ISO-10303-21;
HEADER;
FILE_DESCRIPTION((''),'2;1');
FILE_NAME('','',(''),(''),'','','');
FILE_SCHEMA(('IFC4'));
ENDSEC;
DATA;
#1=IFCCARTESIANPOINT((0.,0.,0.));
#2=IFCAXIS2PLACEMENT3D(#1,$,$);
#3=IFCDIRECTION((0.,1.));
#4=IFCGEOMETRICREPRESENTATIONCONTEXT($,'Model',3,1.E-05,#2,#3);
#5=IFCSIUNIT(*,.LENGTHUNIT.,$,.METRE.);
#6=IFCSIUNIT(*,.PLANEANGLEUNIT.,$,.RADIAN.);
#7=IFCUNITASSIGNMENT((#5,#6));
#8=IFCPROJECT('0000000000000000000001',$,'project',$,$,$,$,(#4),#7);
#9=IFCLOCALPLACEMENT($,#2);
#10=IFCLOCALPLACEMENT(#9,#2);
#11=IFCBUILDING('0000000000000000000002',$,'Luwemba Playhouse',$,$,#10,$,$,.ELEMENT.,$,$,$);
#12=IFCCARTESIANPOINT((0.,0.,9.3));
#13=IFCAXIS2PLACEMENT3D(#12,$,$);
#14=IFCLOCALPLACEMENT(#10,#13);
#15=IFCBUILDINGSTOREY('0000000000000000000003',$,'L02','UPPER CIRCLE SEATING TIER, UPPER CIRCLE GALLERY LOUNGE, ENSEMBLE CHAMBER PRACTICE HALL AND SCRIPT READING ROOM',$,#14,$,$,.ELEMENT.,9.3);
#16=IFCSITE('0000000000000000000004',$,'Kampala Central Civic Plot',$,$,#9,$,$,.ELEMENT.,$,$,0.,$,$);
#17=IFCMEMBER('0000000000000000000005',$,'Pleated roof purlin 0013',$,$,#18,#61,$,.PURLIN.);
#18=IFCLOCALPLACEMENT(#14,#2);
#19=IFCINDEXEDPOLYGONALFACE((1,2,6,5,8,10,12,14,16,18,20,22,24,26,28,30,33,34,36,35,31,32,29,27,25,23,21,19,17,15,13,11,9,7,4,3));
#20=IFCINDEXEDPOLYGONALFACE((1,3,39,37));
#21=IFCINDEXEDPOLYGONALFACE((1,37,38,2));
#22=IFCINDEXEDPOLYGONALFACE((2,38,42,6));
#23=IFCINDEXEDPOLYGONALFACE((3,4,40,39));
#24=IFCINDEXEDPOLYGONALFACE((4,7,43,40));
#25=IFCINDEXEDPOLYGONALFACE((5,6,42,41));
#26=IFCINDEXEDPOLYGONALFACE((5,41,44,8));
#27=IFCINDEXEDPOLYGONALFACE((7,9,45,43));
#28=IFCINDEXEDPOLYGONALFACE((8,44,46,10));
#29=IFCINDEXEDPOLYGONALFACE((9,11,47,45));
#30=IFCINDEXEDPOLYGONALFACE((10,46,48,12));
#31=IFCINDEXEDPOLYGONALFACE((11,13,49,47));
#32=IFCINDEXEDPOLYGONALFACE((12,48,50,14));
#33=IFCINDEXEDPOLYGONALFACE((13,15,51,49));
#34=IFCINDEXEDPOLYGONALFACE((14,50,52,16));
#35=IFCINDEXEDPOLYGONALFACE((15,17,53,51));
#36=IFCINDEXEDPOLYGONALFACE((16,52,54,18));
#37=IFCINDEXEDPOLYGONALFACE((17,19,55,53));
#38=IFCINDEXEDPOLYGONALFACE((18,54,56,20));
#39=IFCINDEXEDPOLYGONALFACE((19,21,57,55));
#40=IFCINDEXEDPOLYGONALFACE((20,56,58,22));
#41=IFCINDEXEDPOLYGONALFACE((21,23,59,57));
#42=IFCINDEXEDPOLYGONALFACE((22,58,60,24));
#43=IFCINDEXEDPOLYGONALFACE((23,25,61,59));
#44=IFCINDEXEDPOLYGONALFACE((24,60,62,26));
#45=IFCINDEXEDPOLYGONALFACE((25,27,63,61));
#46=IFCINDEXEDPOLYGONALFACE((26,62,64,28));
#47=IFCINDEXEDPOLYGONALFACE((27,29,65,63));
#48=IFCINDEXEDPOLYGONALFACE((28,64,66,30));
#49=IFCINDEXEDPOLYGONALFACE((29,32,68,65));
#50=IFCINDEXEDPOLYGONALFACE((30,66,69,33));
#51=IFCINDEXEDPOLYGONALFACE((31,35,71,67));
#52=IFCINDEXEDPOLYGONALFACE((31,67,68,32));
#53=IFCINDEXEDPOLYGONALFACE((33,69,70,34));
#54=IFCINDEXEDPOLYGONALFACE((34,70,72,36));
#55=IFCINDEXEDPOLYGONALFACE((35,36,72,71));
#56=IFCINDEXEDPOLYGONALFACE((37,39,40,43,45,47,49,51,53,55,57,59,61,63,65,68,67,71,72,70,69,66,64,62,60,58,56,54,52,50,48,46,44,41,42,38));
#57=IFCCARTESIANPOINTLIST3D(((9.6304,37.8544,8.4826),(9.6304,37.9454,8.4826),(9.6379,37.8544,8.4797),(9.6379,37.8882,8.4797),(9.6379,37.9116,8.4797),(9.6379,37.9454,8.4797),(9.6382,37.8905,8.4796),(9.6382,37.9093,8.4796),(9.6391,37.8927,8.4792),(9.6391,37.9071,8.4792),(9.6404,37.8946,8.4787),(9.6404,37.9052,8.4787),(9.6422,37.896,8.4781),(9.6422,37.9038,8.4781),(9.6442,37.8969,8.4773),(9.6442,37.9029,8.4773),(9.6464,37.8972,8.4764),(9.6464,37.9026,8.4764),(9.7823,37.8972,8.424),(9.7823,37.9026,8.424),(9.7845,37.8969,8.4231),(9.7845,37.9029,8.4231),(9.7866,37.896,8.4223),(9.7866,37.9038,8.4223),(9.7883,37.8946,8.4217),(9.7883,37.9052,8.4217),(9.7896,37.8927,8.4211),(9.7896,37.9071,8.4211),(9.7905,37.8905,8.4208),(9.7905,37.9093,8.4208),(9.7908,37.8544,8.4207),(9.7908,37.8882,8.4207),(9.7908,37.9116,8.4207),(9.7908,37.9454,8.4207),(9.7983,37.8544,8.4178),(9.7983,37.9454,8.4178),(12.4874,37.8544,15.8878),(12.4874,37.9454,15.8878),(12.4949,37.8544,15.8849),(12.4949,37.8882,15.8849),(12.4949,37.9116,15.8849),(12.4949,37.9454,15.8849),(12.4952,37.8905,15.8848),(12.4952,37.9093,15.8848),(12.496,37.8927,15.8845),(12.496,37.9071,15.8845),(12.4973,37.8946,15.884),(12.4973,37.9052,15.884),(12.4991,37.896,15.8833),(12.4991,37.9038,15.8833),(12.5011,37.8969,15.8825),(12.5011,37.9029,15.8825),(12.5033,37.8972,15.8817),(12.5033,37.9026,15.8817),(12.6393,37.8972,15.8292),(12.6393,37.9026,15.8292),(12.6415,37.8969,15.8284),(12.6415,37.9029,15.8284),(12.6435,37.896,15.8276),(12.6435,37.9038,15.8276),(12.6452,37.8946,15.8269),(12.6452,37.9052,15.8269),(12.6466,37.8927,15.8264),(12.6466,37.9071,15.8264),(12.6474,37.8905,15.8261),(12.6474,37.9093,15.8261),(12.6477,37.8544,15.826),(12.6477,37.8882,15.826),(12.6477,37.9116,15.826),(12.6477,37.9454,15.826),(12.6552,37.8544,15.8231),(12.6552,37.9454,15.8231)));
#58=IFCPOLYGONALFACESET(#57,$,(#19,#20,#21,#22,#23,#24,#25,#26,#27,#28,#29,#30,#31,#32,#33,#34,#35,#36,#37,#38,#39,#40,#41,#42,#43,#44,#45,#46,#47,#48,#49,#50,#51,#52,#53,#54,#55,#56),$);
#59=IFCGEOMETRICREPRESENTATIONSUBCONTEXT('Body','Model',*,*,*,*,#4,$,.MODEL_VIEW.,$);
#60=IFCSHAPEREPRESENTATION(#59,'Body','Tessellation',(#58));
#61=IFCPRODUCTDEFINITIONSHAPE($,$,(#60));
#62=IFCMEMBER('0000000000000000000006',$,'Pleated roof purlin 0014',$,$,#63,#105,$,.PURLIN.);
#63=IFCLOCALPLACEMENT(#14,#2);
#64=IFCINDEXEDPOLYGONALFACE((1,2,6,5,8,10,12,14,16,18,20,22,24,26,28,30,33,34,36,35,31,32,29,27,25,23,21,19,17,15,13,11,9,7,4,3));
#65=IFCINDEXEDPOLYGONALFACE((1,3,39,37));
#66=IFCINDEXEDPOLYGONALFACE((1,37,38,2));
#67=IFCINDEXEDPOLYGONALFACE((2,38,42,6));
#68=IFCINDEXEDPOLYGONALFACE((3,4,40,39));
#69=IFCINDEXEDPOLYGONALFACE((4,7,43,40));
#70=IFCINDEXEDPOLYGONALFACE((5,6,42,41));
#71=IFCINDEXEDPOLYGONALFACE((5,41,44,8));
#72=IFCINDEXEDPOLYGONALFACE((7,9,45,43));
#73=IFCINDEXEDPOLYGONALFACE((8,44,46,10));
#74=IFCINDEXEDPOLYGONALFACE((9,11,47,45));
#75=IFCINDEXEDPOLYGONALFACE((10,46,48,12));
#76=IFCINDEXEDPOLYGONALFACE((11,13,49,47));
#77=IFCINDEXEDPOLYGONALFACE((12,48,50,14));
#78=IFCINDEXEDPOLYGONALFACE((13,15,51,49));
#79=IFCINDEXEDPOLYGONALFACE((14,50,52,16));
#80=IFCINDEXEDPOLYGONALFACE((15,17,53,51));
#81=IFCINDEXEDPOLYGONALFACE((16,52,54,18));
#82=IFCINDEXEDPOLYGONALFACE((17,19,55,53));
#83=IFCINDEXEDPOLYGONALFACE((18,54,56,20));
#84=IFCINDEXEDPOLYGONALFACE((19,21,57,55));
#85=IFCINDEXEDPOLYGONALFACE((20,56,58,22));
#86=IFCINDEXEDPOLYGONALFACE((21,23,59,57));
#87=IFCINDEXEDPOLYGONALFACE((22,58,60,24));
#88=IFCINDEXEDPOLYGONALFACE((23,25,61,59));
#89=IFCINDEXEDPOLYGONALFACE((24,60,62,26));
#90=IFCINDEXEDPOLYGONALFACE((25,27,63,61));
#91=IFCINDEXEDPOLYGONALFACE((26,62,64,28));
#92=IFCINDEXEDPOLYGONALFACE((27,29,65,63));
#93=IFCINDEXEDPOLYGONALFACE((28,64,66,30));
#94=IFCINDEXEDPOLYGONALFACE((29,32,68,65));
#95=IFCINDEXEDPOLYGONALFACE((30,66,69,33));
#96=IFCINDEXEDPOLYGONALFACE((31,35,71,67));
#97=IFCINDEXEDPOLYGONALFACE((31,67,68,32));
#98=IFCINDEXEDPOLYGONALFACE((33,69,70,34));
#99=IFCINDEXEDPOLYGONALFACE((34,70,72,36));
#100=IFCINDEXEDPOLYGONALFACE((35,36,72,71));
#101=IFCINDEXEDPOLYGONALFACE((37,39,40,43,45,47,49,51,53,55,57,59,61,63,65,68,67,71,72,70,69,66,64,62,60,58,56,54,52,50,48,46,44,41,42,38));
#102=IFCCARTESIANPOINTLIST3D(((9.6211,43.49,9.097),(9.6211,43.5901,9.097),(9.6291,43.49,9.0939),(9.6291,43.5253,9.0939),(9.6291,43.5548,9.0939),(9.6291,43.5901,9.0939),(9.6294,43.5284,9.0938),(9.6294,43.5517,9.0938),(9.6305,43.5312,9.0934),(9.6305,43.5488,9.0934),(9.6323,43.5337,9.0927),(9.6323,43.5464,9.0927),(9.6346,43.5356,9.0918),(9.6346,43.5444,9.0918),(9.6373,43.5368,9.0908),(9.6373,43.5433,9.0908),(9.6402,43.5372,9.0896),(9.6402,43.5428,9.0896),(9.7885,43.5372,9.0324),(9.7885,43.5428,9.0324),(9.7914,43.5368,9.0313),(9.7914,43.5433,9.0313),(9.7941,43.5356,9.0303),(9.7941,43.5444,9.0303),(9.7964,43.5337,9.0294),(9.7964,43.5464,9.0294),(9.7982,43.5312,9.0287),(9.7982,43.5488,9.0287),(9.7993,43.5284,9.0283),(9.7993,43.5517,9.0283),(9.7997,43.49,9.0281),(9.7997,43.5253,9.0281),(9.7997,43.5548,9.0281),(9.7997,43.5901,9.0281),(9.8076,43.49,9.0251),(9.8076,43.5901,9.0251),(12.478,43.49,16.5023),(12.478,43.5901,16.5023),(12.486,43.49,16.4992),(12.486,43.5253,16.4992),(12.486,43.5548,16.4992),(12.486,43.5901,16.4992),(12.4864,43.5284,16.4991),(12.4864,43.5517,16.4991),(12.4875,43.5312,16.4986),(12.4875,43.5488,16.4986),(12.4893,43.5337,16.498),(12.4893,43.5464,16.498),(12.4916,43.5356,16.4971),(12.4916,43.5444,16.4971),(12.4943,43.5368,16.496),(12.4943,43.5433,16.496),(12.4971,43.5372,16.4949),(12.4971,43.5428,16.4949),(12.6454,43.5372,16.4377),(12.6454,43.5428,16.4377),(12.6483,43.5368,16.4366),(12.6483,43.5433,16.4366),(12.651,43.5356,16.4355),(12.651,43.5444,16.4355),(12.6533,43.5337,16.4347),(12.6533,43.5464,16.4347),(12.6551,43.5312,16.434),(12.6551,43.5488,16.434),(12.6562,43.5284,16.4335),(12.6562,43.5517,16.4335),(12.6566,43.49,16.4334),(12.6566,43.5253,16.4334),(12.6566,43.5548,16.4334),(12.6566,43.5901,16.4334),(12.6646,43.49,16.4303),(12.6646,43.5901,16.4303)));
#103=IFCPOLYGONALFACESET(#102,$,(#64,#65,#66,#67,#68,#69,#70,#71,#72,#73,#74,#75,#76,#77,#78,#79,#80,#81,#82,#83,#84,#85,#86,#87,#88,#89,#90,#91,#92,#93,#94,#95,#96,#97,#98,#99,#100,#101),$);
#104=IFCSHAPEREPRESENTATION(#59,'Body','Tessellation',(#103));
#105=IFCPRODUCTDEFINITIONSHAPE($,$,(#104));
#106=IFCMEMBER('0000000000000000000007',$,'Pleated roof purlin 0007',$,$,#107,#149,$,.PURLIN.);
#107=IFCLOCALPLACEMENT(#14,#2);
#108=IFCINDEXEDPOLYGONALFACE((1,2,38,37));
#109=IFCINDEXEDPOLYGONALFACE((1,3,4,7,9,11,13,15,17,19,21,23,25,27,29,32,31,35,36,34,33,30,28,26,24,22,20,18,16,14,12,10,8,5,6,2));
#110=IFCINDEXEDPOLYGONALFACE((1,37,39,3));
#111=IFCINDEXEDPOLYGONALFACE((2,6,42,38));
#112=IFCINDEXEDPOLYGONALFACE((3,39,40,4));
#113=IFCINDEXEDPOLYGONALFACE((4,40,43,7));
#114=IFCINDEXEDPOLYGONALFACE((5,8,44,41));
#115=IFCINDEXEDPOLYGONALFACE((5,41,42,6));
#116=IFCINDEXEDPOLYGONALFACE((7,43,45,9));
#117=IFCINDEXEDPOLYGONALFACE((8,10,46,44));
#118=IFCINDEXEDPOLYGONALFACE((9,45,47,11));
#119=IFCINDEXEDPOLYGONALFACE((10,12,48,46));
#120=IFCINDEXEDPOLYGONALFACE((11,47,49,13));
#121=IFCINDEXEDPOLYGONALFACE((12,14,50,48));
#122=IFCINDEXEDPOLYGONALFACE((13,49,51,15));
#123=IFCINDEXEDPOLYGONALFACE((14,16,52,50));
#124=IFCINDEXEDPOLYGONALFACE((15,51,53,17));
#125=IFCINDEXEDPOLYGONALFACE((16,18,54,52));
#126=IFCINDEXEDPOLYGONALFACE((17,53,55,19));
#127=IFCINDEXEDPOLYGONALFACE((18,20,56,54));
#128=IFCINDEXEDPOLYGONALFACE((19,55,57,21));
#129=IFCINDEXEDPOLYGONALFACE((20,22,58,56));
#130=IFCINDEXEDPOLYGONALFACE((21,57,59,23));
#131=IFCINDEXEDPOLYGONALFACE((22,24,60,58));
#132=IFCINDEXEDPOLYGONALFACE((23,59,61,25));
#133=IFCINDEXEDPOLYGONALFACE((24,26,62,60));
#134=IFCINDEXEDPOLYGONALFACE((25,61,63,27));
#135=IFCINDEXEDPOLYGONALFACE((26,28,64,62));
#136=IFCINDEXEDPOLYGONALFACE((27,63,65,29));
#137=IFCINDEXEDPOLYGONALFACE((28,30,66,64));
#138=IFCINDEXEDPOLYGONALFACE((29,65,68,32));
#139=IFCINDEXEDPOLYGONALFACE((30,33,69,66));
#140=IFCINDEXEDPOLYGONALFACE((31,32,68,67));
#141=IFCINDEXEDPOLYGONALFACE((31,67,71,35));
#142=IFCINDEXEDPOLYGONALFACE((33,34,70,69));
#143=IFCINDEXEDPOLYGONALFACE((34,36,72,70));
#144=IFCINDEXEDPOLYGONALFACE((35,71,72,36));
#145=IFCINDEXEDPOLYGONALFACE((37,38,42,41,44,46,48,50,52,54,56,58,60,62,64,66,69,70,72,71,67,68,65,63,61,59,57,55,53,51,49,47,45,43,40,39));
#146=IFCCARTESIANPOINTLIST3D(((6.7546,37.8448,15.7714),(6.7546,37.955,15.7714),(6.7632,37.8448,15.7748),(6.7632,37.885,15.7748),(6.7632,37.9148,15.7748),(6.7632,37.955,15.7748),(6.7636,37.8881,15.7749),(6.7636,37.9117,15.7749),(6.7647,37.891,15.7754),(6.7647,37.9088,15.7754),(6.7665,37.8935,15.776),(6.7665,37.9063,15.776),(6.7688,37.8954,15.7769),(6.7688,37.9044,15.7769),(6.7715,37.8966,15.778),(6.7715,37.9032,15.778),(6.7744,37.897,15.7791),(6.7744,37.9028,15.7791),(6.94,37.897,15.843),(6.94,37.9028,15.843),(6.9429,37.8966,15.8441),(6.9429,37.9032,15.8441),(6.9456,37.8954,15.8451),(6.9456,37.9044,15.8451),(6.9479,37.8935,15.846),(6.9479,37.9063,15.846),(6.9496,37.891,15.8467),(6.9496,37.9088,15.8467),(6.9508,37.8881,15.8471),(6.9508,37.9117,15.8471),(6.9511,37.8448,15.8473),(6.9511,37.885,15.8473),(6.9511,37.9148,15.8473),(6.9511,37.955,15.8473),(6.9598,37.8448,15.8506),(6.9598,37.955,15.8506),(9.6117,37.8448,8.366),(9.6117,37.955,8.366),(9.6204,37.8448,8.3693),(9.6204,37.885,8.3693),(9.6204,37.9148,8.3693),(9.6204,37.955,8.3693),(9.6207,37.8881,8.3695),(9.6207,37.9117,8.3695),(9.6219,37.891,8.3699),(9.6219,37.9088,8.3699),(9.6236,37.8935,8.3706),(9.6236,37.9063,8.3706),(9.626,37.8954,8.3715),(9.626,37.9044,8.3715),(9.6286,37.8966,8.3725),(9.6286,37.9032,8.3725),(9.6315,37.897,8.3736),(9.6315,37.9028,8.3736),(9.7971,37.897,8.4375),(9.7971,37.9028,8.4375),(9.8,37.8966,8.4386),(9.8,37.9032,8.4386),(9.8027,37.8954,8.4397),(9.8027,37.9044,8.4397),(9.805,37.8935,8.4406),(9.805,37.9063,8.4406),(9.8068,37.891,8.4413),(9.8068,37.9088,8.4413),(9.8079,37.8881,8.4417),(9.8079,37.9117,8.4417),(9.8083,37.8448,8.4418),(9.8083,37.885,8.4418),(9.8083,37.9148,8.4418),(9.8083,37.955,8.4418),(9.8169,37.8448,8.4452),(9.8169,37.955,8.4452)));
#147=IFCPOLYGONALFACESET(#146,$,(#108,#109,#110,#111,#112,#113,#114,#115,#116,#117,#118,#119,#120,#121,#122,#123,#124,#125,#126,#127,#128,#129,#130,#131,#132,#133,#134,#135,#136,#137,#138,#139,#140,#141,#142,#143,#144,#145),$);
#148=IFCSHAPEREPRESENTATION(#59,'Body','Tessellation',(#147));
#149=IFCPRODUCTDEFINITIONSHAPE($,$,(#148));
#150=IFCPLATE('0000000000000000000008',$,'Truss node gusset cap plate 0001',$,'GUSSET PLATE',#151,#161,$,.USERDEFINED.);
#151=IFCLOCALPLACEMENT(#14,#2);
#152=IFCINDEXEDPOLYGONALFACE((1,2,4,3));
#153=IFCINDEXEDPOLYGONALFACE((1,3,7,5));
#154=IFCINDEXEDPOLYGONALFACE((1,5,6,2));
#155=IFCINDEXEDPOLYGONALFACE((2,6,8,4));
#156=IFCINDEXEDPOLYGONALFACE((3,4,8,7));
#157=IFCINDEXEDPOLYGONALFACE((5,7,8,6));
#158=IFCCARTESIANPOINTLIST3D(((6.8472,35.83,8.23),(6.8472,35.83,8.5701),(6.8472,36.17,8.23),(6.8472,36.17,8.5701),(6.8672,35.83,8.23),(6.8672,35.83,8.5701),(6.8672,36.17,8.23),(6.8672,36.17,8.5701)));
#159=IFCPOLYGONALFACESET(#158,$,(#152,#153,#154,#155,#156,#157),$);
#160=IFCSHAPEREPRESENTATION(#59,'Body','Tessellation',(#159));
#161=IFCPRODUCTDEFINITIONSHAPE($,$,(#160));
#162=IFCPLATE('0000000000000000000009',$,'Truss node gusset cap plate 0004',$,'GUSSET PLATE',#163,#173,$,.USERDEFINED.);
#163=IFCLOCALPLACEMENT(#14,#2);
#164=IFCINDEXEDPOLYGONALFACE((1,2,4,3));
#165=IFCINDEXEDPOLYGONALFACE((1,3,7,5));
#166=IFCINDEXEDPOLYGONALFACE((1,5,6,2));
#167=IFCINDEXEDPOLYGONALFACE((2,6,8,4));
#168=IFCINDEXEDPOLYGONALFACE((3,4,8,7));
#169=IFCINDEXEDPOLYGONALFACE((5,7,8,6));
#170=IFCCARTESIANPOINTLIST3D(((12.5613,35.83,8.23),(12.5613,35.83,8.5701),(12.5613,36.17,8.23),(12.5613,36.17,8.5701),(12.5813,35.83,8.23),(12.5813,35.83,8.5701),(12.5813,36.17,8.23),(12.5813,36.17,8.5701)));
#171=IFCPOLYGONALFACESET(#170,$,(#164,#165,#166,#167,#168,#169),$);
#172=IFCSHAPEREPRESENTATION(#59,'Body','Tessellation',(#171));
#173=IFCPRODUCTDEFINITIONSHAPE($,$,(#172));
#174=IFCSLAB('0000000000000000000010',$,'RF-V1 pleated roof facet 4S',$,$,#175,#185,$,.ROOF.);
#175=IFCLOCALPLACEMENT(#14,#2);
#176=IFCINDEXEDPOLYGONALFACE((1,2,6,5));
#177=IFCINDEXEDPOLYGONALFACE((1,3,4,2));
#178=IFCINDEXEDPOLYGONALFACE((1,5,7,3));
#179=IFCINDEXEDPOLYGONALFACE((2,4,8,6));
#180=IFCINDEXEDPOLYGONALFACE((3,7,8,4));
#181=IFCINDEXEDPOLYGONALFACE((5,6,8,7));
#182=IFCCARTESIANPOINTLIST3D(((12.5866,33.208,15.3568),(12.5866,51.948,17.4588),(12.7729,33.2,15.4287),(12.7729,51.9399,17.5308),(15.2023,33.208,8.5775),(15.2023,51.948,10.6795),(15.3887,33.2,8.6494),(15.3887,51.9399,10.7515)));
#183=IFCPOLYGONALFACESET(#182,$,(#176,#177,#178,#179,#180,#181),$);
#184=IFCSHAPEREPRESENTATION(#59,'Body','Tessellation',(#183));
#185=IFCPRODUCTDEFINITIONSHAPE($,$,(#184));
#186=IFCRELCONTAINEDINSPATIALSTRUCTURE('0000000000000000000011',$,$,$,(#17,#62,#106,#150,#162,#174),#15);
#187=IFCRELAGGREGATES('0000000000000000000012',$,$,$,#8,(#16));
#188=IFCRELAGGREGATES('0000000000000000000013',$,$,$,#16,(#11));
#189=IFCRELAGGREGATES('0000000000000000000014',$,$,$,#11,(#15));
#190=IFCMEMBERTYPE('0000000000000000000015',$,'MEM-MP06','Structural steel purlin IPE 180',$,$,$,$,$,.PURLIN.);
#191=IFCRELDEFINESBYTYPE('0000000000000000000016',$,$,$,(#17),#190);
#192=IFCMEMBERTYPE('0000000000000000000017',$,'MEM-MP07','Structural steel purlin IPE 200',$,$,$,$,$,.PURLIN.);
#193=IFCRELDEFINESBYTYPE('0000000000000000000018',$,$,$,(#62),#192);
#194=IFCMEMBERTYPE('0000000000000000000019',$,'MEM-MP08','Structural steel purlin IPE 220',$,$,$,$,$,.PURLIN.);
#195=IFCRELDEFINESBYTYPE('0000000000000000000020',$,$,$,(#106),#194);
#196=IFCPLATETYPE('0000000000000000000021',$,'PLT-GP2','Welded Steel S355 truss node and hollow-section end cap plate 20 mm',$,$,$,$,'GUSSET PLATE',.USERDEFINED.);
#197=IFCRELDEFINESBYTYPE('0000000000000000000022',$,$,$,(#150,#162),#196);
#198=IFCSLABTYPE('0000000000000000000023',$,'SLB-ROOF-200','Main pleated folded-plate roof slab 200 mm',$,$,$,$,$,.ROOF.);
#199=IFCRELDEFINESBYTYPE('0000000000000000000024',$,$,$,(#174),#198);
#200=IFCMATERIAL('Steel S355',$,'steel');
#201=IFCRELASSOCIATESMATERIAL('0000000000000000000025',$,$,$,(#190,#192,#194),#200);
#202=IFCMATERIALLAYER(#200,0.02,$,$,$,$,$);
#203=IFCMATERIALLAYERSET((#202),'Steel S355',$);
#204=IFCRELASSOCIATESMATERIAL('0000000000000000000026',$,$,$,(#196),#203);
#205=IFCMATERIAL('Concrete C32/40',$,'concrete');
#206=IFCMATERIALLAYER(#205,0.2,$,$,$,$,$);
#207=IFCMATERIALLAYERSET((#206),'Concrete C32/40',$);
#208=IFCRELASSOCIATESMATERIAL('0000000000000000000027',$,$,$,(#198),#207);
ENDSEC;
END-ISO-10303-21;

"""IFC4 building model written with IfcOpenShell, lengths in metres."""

from ifc_helpers import new_model, si_unit, direction, frame, origin, origin_2d, place, context, subcontext, project, spatial, polyline, rectangle, i_section, outline, extrude, material, layer, layer_set, material_profile, profile_set, type_object, element, save


model = new_model("IFC4")

# Units and contexts
model_context = context("Model", 3, precision=1e-05, world=origin(), true_north=direction((0.0, 1.0)))
body_context = subcontext(model_context, "Body", "Model", "MODEL_VIEW")
ifc_project = project(units=[si_unit("LENGTHUNIT", "METRE"), si_unit("PLANEANGLEUNIT", "RADIAN")], contexts=[model_context])

# Site, building, storey
site_placement = place(None, origin())
site = spatial("IfcSite", under=ifc_project, at=site_placement, Name="Kampala Central Civic Plot", CompositionType="ELEMENT", RefElevation=0.0)
building_placement = place(site_placement, origin())
building = spatial("IfcBuilding", under=site, at=building_placement, Name="Luwemba Playhouse", CompositionType="ELEMENT")
storey_placement = place(building_placement, frame((0.0, 0.0, 9.3)))
storey = spatial("IfcBuildingStorey", under=building, at=storey_placement, Name="L02", Description="UPPER CIRCLE SEATING TIER, UPPER CIRCLE GALLERY LOUNGE, ENSEMBLE CHAMBER PRACTICE HALL AND SCRIPT READING ROOM", CompositionType="ELEMENT", Elevation=9.3)

# Shared definitions
ifc_material_1 = material(Name="Steel S355", Category="steel")

# Members
ifc_material_profile_1 = material_profile(ifc_material_1, i_section(OverallWidth=0.0911, OverallDepth=0.1799, WebThickness=0.0054, FlangeThickness=0.0081, FilletRadius=0.009, at=origin_2d()))
ifc_profile_set_1 = profile_set([ifc_material_profile_1], Name="Steel S355")
member_type_1 = type_object("IfcMemberType", Name="MEM-MP06", Description="Structural steel purlin IPE 180", PredefinedType="PURLIN", material=ifc_profile_set_1)
member_1_placement = place(storey_placement, frame((9.7144, 37.8999, 8.4502), z_axis=(0.359939, 0.0, 0.932976), x_axis=(0.0, 1.0, 0.0)))
element("IfcMember", 1, at=member_1_placement, inside=storey, type_object=member_type_1, Name="Pleated roof purlin 0013", PredefinedType="PURLIN", context=body_context, shape_type="SweptSolid", body=[
    extrude(i_section(OverallWidth=0.0911, OverallDepth=0.1799, WebThickness=0.0054, FlangeThickness=0.0081, FilletRadius=0.009, at=origin_2d()), origin(), (0.0, 0.0, 1.0), 7.9373),
])
ifc_material_profile_2 = material_profile(ifc_material_1, i_section(OverallWidth=0.1001, OverallDepth=0.2, WebThickness=0.0056, FlangeThickness=0.0085, FilletRadius=0.012, at=origin_2d()))
ifc_profile_set_2 = profile_set([ifc_material_profile_2], Name="Steel S355")
member_type_2 = type_object("IfcMemberType", Name="MEM-MP07", Description="Structural steel purlin IPE 200", PredefinedType="PURLIN", material=ifc_profile_set_2)
member_2_placement = place(storey_placement, frame((9.7144, 43.54, 9.061), z_axis=(0.359939, 0.0, 0.932976), x_axis=(0.0, 1.0, 0.0)))
element("IfcMember", 2, at=member_2_placement, inside=storey, type_object=member_type_2, Name="Pleated roof purlin 0014", PredefinedType="PURLIN", context=body_context, shape_type="SweptSolid", body=[
    extrude(i_section(OverallWidth=0.1001, OverallDepth=0.2, WebThickness=0.0056, FlangeThickness=0.0085, FilletRadius=0.012, at=origin_2d()), origin(), (0.0, 0.0, 1.0), 7.9373),
])
ifc_material_profile_3 = material_profile(ifc_material_1, i_section(OverallWidth=0.1101, OverallDepth=0.22, WebThickness=0.0059, FlangeThickness=0.0093, FilletRadius=0.012, at=origin_2d()))
ifc_profile_set_3 = profile_set([ifc_material_profile_3], Name="Steel S355")
member_type_3 = type_object("IfcMemberType", Name="MEM-MP08", Description="Structural steel purlin IPE 220", PredefinedType="PURLIN", material=ifc_profile_set_3)
member_3_placement = place(storey_placement, frame((6.8572, 37.8999, 15.811), z_axis=(0.359956, 0.0, -0.932969), x_axis=(0.0, 1.0, 0.0)))
element("IfcMember", 3, at=member_3_placement, inside=storey, type_object=member_type_3, Name="Pleated roof purlin 0007", PredefinedType="PURLIN", context=body_context, shape_type="SweptSolid", body=[
    extrude(i_section(OverallWidth=0.1101, OverallDepth=0.22, WebThickness=0.0059, FlangeThickness=0.0093, FilletRadius=0.012, at=origin_2d()), origin(), (0.0, 0.0, 1.0), 7.9375),
])

# Plates
ifc_layer_1 = layer(ifc_material_1, 0.02)
ifc_layer_set_1 = layer_set([ifc_layer_1], Name="Steel S355")
plate_type = type_object("IfcPlateType", Name="PLT-GP2", Description="Welded Steel S355 truss node and hollow-section end cap plate 20 mm", ElementType="GUSSET PLATE", PredefinedType="USERDEFINED", material=ifc_layer_set_1)
for number, where, z_axis, x_axis, name in (
    (4, (6.8572, 36.0, 8.23), (0.0, 0.0, 1.0), (1.0, 0.0, 0.0), "Truss node gusset cap plate 0001"),
    (5, (12.5713, 36.0, 8.23), (0.0, 0.0, 1.0), (1.0, 0.0, 0.0), "Truss node gusset cap plate 0004"),
):
    element("IfcPlate", number, at=place(storey_placement, frame(where, z_axis=z_axis, x_axis=x_axis)), inside=storey, type_object=plate_type, Name=name, ObjectType="GUSSET PLATE", PredefinedType="USERDEFINED", context=body_context, shape_type="SweptSolid", body=[
        extrude(rectangle(XDim=0.02, YDim=0.3401, at=origin_2d()), origin(), (0.0, 0.0, 1.0), 0.3401),
    ])

# Slab
ifc_material_2 = material(Name="Concrete C32/40", Category="concrete")
ifc_layer_2 = layer(ifc_material_2, 0.2)
ifc_layer_set_2 = layer_set([ifc_layer_2], Name="Concrete C32/40")
slab_type = type_object("IfcSlabType", Name="SLB-ROOF-200", Description="Main pleated folded-plate roof slab 200 mm", PredefinedType="ROOF", material=ifc_layer_set_2)
slab_1_placement = place(storey_placement, frame((12.7729, 33.2, 15.4287), z_axis=(0.932203, -0.040345, 0.359681), x_axis=(0.359974, 0.0, -0.932962)))
element("IfcSlab", 6, at=slab_1_placement, inside=storey, type_object=slab_type, Name="RF-V1 pleated roof facet 4S", PredefinedType="ROOF", context=body_context, shape_type="SweptSolid", body=[
    extrude(outline(polyline([(0.0, 0.0), (7.2664, 0.0), (5.3053, 18.7553), (-1.9611, 18.7553), (0.0, 0.0)])), origin(), (0.0, 0.0, -1.0), 0.2),
])

save(model, "model.ifc")
